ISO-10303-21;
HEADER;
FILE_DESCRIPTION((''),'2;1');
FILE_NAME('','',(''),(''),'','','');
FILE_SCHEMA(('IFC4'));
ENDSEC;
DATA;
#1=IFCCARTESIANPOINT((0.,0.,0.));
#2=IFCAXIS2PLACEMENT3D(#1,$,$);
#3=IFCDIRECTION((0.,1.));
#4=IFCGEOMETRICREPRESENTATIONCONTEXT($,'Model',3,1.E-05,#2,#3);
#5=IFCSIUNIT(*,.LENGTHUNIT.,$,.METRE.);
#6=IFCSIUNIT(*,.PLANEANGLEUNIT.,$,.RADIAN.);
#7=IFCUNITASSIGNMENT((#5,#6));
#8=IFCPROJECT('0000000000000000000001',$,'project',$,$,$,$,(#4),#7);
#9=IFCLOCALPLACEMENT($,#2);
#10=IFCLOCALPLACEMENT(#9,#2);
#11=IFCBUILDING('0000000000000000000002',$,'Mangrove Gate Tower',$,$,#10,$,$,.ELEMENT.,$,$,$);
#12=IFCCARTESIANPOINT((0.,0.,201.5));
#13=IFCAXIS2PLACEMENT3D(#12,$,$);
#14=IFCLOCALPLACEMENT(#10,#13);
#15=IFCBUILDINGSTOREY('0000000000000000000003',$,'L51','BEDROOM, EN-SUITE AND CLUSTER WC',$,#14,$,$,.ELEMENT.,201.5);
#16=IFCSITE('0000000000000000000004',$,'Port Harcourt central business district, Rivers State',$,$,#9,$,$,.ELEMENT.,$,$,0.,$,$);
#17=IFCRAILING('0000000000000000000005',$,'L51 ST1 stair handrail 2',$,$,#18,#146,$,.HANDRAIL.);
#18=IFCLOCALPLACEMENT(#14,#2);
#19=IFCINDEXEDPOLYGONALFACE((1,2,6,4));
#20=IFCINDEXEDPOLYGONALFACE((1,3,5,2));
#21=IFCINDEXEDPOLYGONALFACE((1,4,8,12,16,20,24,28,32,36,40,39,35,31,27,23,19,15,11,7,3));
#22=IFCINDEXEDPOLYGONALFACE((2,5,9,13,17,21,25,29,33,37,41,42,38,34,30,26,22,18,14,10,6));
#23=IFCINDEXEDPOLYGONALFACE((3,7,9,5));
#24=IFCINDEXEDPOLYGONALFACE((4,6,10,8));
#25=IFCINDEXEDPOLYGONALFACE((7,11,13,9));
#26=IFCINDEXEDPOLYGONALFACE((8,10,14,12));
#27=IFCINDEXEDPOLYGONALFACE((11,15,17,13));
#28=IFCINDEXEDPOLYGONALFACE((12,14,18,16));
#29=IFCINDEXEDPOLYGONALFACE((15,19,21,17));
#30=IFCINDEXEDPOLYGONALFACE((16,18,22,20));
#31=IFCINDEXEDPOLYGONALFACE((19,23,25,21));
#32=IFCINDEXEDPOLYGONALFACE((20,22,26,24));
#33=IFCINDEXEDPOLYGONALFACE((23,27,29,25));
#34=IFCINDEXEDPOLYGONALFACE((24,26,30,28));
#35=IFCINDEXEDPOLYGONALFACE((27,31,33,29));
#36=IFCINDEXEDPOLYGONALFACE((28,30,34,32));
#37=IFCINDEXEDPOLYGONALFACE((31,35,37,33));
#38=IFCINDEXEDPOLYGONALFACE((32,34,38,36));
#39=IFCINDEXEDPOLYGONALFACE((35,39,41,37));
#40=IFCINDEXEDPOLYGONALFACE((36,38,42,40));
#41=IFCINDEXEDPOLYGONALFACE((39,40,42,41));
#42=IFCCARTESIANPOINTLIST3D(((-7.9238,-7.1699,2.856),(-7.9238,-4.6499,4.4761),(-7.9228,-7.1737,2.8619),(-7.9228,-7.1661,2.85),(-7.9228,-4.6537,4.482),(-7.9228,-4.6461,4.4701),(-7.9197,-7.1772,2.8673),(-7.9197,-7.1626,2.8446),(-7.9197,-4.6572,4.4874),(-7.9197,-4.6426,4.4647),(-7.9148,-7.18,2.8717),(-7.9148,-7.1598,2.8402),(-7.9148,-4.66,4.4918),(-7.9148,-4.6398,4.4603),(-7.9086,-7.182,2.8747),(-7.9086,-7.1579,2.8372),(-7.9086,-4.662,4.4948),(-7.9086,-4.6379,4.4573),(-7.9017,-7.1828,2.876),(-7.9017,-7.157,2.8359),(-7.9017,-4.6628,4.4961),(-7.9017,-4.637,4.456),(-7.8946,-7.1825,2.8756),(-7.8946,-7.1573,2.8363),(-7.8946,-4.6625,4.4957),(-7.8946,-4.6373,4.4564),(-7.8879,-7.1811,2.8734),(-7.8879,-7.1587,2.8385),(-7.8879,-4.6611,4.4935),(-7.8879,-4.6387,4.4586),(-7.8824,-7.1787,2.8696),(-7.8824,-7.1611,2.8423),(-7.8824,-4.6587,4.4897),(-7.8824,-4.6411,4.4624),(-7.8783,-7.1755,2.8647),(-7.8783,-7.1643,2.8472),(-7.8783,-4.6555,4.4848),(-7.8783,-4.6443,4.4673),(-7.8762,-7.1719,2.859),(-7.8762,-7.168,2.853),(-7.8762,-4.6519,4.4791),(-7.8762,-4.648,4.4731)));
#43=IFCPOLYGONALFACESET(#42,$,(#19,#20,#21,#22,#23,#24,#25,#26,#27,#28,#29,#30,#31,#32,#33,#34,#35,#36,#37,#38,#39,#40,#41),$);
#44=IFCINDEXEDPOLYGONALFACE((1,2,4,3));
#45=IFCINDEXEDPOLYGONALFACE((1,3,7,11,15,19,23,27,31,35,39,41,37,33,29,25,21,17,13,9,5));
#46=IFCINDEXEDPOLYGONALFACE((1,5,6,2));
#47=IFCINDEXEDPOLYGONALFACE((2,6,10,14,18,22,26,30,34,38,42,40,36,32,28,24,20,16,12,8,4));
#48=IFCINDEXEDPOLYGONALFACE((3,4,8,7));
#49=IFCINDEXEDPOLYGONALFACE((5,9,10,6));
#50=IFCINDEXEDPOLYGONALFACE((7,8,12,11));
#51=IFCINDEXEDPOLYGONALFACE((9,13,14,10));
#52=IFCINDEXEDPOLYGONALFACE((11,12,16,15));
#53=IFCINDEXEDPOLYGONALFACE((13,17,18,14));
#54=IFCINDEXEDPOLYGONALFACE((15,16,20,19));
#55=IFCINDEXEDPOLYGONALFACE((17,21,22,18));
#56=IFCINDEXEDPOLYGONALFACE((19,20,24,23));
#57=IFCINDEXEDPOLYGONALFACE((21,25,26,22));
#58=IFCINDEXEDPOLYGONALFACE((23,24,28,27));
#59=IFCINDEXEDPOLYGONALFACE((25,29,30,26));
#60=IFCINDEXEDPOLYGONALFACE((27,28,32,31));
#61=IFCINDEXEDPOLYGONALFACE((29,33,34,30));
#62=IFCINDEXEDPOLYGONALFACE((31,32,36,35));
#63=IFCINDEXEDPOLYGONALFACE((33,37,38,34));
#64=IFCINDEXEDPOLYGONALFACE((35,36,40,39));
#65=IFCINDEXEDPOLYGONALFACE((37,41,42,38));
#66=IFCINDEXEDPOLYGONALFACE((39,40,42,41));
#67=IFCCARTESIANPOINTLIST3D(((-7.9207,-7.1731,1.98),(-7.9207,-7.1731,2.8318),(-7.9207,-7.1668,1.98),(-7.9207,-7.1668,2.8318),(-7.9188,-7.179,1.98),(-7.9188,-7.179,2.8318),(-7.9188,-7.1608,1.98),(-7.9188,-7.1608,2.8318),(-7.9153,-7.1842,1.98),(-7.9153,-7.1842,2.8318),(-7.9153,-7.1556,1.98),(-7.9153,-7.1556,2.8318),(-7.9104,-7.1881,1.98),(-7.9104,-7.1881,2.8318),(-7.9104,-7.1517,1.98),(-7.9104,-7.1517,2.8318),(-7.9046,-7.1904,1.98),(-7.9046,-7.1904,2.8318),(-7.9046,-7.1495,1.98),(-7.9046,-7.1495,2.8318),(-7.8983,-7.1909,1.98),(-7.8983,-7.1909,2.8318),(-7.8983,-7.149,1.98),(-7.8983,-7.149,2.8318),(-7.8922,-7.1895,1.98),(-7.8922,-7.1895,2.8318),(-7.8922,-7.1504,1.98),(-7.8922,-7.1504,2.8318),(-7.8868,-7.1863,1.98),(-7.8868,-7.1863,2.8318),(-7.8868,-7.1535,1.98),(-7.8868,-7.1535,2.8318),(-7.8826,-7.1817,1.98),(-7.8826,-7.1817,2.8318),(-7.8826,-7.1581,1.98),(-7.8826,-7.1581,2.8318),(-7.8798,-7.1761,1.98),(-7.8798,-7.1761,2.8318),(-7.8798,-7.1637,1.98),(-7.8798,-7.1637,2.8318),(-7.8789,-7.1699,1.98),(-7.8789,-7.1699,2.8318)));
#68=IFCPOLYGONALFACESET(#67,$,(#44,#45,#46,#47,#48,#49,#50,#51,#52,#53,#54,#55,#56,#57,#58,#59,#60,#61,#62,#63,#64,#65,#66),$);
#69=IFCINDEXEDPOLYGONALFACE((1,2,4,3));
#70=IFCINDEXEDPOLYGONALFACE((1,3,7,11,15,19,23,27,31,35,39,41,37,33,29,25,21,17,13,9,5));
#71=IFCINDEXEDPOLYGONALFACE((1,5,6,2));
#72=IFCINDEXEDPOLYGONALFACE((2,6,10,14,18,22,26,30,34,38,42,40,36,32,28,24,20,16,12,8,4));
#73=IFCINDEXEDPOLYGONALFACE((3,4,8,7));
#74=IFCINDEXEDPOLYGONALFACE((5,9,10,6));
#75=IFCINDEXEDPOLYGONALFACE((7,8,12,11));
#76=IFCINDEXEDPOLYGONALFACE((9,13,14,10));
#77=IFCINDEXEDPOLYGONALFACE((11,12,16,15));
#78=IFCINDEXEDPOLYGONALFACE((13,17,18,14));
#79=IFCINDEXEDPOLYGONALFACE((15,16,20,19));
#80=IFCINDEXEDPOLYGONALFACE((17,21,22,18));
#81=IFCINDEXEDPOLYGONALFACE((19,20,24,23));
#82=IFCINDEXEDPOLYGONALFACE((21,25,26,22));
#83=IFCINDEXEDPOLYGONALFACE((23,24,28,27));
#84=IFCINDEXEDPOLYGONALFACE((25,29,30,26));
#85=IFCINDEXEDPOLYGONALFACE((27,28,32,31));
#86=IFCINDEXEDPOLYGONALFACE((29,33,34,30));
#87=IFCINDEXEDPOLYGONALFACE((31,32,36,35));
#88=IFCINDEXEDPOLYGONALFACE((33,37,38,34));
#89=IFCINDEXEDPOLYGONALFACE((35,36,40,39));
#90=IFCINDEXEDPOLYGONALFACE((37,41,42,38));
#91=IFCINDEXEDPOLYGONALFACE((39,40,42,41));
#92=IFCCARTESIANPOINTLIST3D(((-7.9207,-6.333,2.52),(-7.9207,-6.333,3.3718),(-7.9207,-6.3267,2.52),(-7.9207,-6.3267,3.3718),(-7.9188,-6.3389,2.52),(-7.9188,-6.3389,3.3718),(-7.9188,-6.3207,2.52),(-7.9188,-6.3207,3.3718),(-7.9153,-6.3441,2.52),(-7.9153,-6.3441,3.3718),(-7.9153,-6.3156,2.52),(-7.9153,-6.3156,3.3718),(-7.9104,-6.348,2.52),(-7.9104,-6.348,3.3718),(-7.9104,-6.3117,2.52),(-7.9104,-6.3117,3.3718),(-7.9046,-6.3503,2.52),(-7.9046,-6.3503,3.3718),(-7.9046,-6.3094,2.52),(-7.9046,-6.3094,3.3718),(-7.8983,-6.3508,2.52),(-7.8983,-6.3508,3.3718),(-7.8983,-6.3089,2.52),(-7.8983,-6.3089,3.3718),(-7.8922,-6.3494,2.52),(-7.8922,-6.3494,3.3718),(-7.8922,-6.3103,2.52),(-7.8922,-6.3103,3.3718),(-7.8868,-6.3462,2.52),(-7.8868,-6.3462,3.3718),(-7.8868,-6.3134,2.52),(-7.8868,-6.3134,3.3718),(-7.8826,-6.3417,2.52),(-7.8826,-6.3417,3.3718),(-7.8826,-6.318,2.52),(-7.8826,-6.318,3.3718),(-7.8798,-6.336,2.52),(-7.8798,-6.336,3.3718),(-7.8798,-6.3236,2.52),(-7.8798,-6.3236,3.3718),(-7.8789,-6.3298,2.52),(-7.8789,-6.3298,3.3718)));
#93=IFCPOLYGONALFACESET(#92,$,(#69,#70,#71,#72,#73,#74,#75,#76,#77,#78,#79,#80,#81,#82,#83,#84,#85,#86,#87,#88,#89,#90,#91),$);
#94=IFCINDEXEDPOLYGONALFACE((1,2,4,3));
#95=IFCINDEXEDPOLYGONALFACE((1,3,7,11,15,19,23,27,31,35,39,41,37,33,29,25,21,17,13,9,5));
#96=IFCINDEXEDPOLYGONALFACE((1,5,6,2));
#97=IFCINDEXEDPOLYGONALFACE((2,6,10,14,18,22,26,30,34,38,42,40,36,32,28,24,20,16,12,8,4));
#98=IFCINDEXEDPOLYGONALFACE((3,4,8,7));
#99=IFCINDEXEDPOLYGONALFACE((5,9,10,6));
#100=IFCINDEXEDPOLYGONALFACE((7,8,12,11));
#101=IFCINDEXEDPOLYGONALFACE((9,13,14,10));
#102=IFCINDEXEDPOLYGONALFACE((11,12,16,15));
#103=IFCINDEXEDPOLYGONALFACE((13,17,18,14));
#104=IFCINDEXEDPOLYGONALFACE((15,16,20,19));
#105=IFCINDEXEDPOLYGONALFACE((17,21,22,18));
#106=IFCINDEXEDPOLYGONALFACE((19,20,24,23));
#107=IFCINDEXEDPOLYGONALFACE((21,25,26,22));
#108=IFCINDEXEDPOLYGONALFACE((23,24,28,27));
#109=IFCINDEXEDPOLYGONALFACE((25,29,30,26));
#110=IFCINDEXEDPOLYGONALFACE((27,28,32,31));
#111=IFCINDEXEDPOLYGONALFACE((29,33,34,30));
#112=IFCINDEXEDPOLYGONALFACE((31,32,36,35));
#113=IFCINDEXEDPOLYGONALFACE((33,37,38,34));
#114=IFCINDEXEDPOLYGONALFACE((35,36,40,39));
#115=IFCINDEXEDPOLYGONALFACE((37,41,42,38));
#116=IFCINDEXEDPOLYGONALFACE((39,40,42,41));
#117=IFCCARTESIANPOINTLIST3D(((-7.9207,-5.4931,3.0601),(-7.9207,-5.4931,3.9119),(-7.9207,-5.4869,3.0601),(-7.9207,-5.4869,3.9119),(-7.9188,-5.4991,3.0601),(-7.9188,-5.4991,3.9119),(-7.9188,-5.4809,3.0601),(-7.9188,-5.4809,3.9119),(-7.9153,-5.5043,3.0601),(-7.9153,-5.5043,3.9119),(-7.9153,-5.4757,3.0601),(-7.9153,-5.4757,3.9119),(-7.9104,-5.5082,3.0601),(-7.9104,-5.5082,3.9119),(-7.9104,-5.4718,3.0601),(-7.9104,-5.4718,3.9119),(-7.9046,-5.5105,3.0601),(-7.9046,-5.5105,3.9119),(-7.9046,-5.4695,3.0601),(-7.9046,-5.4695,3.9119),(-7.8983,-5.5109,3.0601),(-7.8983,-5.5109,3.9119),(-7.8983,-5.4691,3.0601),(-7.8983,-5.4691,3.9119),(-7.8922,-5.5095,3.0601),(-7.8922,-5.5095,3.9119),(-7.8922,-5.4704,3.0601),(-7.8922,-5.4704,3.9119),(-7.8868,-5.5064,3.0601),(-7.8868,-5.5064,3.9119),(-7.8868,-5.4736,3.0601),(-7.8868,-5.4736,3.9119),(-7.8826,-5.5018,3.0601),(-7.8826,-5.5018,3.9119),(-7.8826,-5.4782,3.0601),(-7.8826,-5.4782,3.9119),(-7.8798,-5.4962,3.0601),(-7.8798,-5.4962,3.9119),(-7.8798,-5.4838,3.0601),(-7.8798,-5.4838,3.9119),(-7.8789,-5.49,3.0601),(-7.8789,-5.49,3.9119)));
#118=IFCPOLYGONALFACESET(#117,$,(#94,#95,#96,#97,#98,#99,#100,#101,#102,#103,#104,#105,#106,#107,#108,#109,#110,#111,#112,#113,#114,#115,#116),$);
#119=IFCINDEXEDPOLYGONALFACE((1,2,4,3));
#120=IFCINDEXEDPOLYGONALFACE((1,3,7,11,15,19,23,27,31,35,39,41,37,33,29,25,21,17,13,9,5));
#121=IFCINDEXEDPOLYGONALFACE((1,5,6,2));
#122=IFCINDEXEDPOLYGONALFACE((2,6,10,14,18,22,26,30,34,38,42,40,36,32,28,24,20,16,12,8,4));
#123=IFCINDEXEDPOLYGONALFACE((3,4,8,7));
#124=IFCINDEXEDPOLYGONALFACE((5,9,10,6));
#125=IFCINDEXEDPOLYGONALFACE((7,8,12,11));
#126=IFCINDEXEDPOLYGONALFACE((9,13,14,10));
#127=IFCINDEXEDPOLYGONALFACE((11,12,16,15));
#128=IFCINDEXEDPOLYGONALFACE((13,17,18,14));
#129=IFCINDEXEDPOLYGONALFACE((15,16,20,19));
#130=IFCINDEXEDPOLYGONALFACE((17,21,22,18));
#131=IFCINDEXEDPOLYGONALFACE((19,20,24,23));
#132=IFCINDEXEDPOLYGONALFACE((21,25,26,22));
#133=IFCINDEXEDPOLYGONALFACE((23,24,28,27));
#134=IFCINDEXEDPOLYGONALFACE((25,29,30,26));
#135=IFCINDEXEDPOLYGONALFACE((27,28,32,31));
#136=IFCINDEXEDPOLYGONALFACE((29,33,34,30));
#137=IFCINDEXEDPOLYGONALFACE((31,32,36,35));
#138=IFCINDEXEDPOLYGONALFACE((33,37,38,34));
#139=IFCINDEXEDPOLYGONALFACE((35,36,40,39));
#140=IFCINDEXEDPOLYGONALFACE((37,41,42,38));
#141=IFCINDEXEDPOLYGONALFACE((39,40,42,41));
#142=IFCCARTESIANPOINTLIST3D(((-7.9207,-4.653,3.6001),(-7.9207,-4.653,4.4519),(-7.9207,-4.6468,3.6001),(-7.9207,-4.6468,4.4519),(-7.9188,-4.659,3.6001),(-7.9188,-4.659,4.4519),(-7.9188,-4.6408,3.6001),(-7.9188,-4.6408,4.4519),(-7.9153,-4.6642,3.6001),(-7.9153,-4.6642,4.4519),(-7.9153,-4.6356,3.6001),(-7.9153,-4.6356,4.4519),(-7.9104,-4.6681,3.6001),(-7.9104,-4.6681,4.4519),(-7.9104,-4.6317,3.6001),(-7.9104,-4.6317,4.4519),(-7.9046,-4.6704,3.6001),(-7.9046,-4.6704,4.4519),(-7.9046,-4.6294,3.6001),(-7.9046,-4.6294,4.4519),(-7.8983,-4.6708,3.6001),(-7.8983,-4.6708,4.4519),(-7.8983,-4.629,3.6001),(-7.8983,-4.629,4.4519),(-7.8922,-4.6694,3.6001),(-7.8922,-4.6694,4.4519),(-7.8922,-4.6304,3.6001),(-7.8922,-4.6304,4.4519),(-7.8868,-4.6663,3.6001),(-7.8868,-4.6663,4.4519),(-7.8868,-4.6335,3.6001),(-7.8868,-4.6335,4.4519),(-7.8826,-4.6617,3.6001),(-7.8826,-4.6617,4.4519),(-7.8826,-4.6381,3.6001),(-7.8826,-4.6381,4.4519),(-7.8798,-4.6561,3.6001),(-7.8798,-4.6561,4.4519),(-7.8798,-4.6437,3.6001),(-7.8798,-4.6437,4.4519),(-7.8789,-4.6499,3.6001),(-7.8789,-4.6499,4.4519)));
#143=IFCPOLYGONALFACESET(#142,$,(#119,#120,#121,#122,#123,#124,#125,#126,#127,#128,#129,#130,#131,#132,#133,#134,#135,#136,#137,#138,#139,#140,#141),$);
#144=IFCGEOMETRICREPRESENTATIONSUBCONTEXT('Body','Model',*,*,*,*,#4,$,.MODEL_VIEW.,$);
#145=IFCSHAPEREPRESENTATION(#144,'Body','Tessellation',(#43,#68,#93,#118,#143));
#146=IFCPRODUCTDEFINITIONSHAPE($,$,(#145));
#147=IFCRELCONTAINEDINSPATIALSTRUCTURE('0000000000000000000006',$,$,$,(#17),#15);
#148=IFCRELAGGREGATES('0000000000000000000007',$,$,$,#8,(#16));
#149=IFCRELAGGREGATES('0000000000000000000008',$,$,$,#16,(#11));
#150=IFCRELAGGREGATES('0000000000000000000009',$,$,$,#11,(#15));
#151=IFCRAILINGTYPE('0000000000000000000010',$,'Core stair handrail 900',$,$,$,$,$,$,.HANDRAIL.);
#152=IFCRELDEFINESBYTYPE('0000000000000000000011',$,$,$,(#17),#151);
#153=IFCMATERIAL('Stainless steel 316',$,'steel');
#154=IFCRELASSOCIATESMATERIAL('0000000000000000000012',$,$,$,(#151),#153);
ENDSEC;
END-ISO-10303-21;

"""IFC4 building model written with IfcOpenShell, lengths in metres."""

from ifc_helpers import new_model, si_unit, direction, frame, origin, origin_2d, place, context, subcontext, project, spatial, circle, extrude, material, type_object, element, save


model = new_model("IFC4")

# Units and contexts
model_context = context("Model", 3, precision=1e-05, world=origin(), true_north=direction((0.0, 1.0)))
body_context = subcontext(model_context, "Body", "Model", "MODEL_VIEW")
ifc_project = project(units=[si_unit("LENGTHUNIT", "METRE"), si_unit("PLANEANGLEUNIT", "RADIAN")], contexts=[model_context])

# Site, building, storey
site_placement = place(None, origin())
site = spatial("IfcSite", under=ifc_project, at=site_placement, Name="Port Harcourt central business district, Rivers State", CompositionType="ELEMENT", RefElevation=0.0)
building_placement = place(site_placement, origin())
building = spatial("IfcBuilding", under=site, at=building_placement, Name="Mangrove Gate Tower", CompositionType="ELEMENT")
storey_placement = place(building_placement, frame((0.0, 0.0, 201.5)))
storey = spatial("IfcBuildingStorey", under=building, at=storey_placement, Name="L51", Description="BEDROOM, EN-SUITE AND CLUSTER WC", CompositionType="ELEMENT", Elevation=201.5)

# Railing
ifc_material_1 = material(Name="Stainless steel 316", Category="steel")
railing_type_1 = type_object("IfcRailingType", Name="Core stair handrail 900", PredefinedType="HANDRAIL", material=ifc_material_1)
railing_1_placement = place(storey_placement, frame((-7.8999, -7.1699, 1.98)))
element("IfcRailing", 1, at=railing_1_placement, inside=storey, type_object=railing_type_1, Name="L51 ST1 stair handrail 2", PredefinedType="HANDRAIL", context=body_context, shape_type="SweptSolid", body=[
    extrude(circle(Radius=0.0239, at=origin_2d()), frame((0.0, 0.0, 0.876), z_axis=(0.0, 0.841163, 0.540782), x_axis=(-1.0, 0.0, 0.0)), (0.0, 0.0, 1.0), 2.9958),
    extrude(circle(Radius=0.021, at=origin_2d()), origin(), (0.0, 0.0, 1.0), 0.8518),
    extrude(circle(Radius=0.021, at=origin_2d()), frame((0.0, 0.8401, 0.54)), (0.0, 0.0, 1.0), 0.8518),
    extrude(circle(Radius=0.021, at=origin_2d()), frame((0.0, 1.6799, 1.0801)), (0.0, 0.0, 1.0), 0.8518),
    extrude(circle(Radius=0.021, at=origin_2d()), frame((0.0, 2.52, 1.6201)), (0.0, 0.0, 1.0), 0.8518),
])

save(model, "model.ifc")
